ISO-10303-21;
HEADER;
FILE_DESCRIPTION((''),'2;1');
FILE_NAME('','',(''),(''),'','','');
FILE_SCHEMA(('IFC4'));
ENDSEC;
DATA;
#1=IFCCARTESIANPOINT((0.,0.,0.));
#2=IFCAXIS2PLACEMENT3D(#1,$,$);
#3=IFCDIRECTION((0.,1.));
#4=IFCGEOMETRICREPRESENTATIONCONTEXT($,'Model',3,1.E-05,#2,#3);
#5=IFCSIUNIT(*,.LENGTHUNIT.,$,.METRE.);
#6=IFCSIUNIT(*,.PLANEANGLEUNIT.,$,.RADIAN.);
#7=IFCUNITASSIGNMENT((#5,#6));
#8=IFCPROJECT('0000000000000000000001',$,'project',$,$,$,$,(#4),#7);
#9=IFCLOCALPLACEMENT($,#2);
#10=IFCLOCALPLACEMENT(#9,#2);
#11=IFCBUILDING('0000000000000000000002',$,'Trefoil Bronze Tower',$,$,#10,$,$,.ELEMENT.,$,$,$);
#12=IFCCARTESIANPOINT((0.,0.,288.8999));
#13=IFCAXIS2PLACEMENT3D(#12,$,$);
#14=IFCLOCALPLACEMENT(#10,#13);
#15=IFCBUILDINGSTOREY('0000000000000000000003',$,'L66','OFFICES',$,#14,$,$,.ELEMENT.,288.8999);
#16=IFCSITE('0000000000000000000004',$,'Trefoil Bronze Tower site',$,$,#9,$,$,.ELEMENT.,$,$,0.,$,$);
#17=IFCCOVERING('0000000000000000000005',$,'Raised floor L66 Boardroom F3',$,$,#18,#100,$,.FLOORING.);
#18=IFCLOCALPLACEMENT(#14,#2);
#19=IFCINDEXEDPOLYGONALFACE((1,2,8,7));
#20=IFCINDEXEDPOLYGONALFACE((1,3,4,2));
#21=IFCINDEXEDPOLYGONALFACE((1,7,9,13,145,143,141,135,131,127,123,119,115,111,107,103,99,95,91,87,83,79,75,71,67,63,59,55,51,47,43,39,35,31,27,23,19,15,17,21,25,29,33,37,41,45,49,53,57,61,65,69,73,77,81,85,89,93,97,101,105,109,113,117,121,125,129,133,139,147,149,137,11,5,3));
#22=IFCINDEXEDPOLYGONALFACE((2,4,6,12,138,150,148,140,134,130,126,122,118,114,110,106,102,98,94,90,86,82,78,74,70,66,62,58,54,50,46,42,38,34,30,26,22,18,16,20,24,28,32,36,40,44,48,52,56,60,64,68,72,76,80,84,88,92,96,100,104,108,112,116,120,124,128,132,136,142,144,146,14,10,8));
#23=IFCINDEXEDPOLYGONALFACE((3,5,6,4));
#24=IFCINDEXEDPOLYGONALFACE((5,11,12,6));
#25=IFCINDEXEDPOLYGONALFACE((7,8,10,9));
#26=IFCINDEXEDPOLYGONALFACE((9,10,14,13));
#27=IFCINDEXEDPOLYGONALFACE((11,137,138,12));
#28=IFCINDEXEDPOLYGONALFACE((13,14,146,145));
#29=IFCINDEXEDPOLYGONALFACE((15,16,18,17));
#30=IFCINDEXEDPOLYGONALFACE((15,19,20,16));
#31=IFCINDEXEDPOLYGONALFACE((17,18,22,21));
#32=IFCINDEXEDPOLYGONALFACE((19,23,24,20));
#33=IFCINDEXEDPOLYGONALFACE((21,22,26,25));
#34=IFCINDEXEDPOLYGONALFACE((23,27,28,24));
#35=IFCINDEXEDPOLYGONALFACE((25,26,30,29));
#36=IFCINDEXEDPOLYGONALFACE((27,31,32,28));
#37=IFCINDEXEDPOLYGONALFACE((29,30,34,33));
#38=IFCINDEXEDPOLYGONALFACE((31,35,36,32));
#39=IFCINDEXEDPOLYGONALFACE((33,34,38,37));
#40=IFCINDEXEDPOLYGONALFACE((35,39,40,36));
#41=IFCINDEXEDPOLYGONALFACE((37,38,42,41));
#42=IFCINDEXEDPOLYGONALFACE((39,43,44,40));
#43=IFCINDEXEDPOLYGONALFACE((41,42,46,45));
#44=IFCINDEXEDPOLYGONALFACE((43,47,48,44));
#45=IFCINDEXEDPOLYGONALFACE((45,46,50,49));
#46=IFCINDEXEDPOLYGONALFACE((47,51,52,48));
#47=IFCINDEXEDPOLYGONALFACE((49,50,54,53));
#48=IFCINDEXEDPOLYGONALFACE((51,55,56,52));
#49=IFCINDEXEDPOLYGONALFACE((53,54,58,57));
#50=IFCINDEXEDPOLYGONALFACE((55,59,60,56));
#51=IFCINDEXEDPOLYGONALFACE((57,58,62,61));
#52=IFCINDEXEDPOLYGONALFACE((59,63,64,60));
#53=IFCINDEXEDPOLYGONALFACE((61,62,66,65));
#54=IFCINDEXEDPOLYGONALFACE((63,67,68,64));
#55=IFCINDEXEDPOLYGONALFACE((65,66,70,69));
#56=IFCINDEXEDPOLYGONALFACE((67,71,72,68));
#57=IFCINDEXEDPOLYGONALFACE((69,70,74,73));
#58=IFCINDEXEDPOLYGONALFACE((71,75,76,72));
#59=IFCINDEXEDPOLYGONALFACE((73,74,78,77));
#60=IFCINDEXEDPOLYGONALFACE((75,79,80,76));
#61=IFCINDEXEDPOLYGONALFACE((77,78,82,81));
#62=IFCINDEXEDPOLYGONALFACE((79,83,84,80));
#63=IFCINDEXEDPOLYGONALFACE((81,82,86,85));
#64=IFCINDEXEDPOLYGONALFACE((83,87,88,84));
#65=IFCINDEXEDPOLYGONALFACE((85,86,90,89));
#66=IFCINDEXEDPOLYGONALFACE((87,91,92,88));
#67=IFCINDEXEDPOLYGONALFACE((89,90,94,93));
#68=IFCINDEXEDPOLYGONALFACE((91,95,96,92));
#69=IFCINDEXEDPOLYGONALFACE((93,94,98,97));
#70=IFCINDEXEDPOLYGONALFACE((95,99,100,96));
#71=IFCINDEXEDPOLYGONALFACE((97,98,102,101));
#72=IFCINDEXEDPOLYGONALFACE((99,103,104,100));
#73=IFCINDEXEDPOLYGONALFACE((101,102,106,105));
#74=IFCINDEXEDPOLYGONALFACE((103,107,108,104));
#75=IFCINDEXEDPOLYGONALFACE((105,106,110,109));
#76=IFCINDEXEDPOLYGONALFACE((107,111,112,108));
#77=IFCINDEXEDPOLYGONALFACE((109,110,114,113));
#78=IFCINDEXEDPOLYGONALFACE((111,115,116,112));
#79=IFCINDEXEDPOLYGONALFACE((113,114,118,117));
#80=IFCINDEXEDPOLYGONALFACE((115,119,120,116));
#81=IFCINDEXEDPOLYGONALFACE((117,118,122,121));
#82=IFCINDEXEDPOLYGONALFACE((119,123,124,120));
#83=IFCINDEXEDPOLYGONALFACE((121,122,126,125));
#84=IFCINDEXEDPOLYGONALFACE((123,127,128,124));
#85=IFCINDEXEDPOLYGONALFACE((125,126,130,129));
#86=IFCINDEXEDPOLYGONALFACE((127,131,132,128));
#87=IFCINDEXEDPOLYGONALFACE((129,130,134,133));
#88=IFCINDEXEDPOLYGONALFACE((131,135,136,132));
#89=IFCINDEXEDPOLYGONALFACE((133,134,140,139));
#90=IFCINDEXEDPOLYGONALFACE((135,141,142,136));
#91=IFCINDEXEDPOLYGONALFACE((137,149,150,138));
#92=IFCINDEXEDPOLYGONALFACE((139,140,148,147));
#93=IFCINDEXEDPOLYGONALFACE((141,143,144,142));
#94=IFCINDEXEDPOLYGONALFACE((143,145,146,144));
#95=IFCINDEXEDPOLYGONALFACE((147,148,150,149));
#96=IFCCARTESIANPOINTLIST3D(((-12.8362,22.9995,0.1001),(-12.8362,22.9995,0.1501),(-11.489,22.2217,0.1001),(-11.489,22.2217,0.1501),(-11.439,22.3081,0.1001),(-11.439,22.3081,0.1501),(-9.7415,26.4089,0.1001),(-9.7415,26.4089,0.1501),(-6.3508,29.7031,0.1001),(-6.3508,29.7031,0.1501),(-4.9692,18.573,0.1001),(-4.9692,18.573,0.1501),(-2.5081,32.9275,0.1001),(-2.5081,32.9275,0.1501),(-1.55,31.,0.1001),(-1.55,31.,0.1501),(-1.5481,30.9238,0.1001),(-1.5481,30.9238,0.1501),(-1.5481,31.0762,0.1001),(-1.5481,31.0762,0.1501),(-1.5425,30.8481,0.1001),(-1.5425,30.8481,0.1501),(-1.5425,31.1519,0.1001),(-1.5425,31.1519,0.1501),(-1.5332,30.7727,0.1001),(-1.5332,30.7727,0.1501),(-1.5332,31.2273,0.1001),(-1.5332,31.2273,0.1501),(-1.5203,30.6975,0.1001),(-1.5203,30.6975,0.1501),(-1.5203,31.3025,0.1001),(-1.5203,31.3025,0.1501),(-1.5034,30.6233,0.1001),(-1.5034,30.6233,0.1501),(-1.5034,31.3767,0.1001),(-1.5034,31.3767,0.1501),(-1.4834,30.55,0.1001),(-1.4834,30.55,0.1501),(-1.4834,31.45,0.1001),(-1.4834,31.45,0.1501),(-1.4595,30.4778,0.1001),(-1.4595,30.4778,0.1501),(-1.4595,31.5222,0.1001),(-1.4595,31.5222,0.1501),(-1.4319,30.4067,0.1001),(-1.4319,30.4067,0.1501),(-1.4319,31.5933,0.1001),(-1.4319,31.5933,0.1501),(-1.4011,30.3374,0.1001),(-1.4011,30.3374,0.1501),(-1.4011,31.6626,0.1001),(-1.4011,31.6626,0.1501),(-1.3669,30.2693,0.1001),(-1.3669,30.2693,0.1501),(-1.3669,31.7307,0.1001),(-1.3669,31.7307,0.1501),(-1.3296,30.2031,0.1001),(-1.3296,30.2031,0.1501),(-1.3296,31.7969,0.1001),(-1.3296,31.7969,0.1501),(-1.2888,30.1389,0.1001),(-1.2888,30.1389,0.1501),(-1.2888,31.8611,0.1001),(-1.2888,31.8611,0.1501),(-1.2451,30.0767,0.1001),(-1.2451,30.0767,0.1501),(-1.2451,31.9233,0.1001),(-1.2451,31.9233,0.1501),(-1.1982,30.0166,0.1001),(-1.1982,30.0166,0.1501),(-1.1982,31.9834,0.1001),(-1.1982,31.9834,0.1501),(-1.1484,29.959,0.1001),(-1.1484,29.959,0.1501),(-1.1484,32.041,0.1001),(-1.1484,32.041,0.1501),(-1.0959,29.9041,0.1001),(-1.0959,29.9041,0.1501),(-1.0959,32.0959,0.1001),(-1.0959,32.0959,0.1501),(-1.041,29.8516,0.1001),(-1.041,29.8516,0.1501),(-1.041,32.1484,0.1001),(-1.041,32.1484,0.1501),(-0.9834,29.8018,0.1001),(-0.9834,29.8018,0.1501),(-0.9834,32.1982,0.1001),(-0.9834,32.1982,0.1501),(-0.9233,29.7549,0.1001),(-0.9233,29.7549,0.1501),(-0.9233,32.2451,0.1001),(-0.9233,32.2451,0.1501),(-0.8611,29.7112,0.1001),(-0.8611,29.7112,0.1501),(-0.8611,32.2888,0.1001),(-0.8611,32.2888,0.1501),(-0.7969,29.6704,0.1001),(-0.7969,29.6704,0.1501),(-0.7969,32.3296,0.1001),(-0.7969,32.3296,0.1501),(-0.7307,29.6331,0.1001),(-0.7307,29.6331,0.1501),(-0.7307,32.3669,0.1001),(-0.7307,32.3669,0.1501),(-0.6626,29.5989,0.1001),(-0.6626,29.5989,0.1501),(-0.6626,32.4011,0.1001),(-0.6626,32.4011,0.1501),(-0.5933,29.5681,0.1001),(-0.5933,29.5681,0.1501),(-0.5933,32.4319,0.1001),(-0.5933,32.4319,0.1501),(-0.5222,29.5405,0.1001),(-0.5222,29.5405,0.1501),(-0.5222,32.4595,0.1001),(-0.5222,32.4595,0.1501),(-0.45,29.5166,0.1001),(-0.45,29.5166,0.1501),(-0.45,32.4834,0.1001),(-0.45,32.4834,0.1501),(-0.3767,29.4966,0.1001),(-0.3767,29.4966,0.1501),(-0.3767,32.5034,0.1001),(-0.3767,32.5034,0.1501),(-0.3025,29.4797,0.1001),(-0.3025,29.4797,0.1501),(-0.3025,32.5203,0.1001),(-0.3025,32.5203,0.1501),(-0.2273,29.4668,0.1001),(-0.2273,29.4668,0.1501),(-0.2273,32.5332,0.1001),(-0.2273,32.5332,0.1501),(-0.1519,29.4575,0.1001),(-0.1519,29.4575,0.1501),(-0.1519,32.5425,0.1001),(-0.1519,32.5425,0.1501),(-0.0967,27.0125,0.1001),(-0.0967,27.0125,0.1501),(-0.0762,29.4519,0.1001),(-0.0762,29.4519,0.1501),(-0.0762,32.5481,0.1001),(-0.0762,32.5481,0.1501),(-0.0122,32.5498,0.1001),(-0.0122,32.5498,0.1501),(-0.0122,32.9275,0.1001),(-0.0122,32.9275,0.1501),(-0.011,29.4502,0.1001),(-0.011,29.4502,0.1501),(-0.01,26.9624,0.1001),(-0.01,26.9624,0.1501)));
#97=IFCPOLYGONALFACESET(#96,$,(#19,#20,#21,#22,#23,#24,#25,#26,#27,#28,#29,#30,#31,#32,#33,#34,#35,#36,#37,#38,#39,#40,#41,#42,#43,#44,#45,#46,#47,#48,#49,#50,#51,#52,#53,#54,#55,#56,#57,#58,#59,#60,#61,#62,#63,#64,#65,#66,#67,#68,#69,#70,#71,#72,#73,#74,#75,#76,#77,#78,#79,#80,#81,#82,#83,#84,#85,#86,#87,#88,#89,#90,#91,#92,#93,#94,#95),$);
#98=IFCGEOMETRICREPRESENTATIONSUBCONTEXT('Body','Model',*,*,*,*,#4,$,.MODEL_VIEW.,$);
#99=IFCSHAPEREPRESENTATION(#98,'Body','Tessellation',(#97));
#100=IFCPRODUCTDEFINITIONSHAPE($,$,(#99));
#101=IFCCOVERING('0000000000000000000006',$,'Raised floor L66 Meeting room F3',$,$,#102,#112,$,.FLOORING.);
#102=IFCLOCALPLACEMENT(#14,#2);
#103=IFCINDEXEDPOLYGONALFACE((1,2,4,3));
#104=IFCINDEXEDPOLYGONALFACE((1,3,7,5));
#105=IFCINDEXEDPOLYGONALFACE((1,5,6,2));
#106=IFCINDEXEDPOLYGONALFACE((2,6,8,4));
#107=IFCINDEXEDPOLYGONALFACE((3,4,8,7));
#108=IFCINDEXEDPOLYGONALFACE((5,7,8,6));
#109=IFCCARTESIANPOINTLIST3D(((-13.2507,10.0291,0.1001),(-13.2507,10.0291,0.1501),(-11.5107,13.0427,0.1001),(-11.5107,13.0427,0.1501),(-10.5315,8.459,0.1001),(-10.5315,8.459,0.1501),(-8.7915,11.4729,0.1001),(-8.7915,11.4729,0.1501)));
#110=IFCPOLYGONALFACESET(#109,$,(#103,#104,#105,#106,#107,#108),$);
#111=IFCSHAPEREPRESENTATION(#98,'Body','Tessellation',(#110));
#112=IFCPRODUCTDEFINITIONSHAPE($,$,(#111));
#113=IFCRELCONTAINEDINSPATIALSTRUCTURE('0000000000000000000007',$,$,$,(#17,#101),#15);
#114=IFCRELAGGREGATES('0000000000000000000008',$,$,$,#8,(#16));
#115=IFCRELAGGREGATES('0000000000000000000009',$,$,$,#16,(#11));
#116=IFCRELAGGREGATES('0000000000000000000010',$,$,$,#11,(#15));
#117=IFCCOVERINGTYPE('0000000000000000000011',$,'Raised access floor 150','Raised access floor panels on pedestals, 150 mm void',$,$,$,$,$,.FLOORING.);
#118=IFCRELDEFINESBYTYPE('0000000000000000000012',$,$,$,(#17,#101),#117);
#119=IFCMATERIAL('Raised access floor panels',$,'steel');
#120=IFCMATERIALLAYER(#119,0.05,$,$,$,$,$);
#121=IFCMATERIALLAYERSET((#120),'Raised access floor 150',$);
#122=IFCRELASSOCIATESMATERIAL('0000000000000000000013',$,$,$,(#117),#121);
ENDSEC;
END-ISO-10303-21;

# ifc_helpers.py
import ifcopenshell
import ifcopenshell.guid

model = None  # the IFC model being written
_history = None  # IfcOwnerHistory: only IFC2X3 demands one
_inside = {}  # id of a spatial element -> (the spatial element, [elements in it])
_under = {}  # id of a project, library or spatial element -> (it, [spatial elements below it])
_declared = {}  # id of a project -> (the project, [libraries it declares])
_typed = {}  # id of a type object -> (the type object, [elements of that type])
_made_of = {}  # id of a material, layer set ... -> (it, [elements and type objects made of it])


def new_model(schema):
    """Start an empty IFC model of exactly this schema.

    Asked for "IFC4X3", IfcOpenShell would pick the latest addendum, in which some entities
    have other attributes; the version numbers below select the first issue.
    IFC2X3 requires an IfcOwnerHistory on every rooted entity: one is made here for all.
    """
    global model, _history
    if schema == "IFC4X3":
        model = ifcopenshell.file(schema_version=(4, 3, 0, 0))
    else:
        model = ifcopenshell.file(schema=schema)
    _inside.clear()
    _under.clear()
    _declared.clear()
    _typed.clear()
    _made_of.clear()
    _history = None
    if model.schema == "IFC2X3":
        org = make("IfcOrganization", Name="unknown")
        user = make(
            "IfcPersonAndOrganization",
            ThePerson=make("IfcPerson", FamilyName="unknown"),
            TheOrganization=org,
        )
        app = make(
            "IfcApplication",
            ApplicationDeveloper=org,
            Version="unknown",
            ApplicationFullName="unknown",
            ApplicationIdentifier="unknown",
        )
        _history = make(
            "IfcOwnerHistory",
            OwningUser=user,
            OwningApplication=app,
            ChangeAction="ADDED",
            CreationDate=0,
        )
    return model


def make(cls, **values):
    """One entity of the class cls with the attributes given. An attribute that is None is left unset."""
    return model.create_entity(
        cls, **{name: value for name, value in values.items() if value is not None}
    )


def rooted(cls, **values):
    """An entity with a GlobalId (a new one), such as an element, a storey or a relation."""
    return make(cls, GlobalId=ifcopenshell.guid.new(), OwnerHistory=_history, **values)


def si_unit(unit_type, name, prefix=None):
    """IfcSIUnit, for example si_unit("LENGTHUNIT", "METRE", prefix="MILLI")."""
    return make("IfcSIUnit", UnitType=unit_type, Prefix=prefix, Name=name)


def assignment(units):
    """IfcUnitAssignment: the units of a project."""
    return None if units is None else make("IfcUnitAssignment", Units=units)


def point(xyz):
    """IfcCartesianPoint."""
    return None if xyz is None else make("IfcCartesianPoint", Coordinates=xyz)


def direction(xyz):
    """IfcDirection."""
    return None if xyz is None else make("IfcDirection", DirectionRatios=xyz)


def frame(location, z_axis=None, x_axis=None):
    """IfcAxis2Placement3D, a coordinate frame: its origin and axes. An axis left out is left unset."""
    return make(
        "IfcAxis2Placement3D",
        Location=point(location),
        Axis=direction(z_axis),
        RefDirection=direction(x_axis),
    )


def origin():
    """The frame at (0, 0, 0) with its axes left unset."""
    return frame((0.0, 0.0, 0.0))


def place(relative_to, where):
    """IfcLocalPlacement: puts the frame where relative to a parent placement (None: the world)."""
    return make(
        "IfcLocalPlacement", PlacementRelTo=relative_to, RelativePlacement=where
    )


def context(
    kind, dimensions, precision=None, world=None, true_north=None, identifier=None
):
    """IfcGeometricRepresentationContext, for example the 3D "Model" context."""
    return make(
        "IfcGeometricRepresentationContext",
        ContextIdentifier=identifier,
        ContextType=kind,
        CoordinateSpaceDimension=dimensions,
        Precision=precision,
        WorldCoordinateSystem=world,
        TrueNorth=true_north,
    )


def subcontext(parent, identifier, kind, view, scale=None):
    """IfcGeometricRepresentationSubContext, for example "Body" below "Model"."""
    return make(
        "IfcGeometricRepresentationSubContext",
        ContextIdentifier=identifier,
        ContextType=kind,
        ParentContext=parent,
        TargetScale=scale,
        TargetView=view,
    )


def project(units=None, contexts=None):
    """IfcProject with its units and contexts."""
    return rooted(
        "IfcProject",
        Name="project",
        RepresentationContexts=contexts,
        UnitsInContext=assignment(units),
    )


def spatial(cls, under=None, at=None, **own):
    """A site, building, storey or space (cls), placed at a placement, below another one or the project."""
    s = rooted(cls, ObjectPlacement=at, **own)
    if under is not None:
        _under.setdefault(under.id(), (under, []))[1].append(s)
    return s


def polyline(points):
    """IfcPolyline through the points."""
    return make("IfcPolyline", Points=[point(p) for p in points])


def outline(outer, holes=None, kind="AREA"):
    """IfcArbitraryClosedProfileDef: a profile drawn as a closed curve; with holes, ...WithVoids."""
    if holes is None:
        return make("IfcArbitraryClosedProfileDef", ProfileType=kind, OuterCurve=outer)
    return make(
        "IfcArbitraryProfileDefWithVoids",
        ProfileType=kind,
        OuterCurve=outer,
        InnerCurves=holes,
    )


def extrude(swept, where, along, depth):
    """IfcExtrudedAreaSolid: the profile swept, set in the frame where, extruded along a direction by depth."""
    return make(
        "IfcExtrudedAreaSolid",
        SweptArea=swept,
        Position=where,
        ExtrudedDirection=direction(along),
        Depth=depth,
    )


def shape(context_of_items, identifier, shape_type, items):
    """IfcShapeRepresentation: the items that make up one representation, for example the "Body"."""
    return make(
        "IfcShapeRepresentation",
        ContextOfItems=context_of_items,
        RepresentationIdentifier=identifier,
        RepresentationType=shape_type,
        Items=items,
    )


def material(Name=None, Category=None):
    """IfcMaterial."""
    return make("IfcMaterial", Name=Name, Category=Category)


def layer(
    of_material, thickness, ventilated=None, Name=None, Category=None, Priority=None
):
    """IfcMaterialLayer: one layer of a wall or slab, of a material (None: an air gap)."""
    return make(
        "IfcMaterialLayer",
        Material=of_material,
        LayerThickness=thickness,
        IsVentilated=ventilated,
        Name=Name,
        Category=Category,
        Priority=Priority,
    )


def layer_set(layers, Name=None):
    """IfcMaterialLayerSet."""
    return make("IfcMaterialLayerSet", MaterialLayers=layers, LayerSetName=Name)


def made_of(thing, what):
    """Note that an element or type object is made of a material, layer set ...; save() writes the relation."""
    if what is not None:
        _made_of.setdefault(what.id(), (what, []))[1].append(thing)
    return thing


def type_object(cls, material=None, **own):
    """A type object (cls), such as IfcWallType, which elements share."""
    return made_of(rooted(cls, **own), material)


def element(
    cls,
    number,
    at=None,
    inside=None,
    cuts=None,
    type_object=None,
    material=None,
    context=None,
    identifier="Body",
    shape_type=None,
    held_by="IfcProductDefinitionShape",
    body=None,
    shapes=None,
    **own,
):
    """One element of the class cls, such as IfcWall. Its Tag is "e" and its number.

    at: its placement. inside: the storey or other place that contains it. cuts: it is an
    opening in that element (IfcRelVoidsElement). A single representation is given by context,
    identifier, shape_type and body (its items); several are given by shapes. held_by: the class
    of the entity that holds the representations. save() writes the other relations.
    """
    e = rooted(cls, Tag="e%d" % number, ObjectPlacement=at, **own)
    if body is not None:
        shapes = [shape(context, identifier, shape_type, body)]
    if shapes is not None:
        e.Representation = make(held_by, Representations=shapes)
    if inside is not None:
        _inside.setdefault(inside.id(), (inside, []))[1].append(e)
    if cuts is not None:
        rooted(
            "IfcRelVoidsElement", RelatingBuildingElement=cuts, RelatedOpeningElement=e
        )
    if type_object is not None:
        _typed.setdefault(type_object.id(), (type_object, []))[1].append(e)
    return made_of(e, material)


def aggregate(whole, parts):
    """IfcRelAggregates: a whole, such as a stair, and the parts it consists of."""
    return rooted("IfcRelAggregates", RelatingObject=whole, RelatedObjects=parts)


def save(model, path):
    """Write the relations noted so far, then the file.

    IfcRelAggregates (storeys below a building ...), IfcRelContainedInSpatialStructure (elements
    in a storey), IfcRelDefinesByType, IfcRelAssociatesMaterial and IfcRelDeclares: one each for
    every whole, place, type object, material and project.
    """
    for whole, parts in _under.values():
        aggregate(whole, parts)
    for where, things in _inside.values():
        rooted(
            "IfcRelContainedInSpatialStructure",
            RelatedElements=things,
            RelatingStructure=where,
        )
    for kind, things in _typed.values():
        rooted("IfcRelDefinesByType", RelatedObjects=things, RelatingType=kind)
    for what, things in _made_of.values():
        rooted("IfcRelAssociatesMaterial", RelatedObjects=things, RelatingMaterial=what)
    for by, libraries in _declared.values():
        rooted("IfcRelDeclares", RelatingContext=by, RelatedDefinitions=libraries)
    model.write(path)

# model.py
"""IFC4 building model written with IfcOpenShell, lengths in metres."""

from ifc_helpers import new_model, si_unit, direction, frame, origin, place, context, subcontext, project, spatial, polyline, outline, extrude, material, layer, layer_set, type_object, element, save


model = new_model("IFC4")

# Units and contexts
model_context = context("Model", 3, precision=1e-05, world=origin(), true_north=direction((0.0, 1.0)))
body_context = subcontext(model_context, "Body", "Model", "MODEL_VIEW")
ifc_project = project(units=[si_unit("LENGTHUNIT", "METRE"), si_unit("PLANEANGLEUNIT", "RADIAN")], contexts=[model_context])

# Site, building, storey
site_placement = place(None, origin())
site = spatial("IfcSite", under=ifc_project, at=site_placement, Name="Trefoil Bronze Tower site", CompositionType="ELEMENT", RefElevation=0.0)
building_placement = place(site_placement, origin())
building = spatial("IfcBuilding", under=site, at=building_placement, Name="Trefoil Bronze Tower", CompositionType="ELEMENT")
storey_placement = place(building_placement, frame((0.0, 0.0, 288.8999)))
storey = spatial("IfcBuildingStorey", under=building, at=storey_placement, Name="L66", Description="OFFICES", CompositionType="ELEMENT", Elevation=288.8999)

# Coverings
ifc_material_1 = material(Name="Raised access floor panels", Category="steel")
ifc_layer_1 = layer(ifc_material_1, 0.05)
ifc_layer_set_1 = layer_set([ifc_layer_1], Name="Raised access floor 150")
covering_type_1 = type_object("IfcCoveringType", Name="Raised access floor 150", Description="Raised access floor panels on pedestals, 150 mm void", PredefinedType="FLOORING", material=ifc_layer_set_1)
covering_1_placement = place(storey_placement, frame((0.0, 0.0, 0.1001)))
element("IfcCovering", 1, at=covering_1_placement, inside=storey, type_object=covering_type_1, Name="Raised floor L66 Boardroom F3", PredefinedType="FLOORING", context=body_context, shape_type="SweptSolid", body=[
    extrude(outline(polyline([(-0.011, 29.4502), (-0.01, 26.9624), (-0.0967, 27.0125), (-4.9692, 18.573), (-11.439, 22.3081), (-11.489, 22.2217), (-12.8362, 22.9995), (-9.7415, 26.4089), (-6.3508, 29.7031), (-2.5081, 32.9275), (-0.0122, 32.9275), (-0.0122, 32.5498), (-0.0762, 32.5481), (-0.1519, 32.5425), (-0.2273, 32.5332), (-0.3025, 32.5203), (-0.3767, 32.5034), (-0.45, 32.4834), (-0.5222, 32.4595), (-0.5933, 32.4319), (-0.6626, 32.4011), (-0.7307, 32.3669), (-0.7969, 32.3296), (-0.8611, 32.2888), (-0.9233, 32.2451), (-0.9834, 32.1982), (-1.041, 32.1484), (-1.0959, 32.0959), (-1.1484, 32.041), (-1.1982, 31.9834), (-1.2451, 31.9233), (-1.2888, 31.8611), (-1.3296, 31.7969), (-1.3669, 31.7307), (-1.4011, 31.6626), (-1.4319, 31.5933), (-1.4595, 31.5222), (-1.4834, 31.45), (-1.5034, 31.3767), (-1.5203, 31.3025), (-1.5332, 31.2273), (-1.5425, 31.1519), (-1.5481, 31.0762), (-1.55, 31.0), (-1.5481, 30.9238), (-1.5425, 30.8481), (-1.5332, 30.7727), (-1.5203, 30.6975), (-1.5034, 30.6233), (-1.4834, 30.55), (-1.4595, 30.4778), (-1.4319, 30.4067), (-1.4011, 30.3374), (-1.3669, 30.2693), (-1.3296, 30.2031), (-1.2888, 30.1389), (-1.2451, 30.0767), (-1.1982, 30.0166), (-1.1484, 29.959), (-1.0959, 29.9041), (-1.041, 29.8516), (-0.9834, 29.8018), (-0.9233, 29.7549), (-0.8611, 29.7112), (-0.7969, 29.6704), (-0.7307, 29.6331), (-0.6626, 29.5989), (-0.5933, 29.5681), (-0.5222, 29.5405), (-0.45, 29.5166), (-0.3767, 29.4966), (-0.3025, 29.4797), (-0.2273, 29.4668), (-0.1519, 29.4575), (-0.0762, 29.4519), (-0.011, 29.4502)])), origin(), (0.0, 0.0, 1.0), 0.05),
])
covering_2_placement = place(storey_placement, frame((0.0, 0.0, 0.1001)))
element("IfcCovering", 2, at=covering_2_placement, inside=storey, type_object=covering_type_1, Name="Raised floor L66 Meeting room F3", PredefinedType="FLOORING", context=body_context, shape_type="SweptSolid", body=[
    extrude(outline(polyline([(-10.5315, 8.459), (-13.2507, 10.0291), (-11.5107, 13.0427), (-8.7915, 11.4729), (-10.5315, 8.459)])), origin(), (0.0, 0.0, 1.0), 0.05),
])

save(model, "model.ifc")
